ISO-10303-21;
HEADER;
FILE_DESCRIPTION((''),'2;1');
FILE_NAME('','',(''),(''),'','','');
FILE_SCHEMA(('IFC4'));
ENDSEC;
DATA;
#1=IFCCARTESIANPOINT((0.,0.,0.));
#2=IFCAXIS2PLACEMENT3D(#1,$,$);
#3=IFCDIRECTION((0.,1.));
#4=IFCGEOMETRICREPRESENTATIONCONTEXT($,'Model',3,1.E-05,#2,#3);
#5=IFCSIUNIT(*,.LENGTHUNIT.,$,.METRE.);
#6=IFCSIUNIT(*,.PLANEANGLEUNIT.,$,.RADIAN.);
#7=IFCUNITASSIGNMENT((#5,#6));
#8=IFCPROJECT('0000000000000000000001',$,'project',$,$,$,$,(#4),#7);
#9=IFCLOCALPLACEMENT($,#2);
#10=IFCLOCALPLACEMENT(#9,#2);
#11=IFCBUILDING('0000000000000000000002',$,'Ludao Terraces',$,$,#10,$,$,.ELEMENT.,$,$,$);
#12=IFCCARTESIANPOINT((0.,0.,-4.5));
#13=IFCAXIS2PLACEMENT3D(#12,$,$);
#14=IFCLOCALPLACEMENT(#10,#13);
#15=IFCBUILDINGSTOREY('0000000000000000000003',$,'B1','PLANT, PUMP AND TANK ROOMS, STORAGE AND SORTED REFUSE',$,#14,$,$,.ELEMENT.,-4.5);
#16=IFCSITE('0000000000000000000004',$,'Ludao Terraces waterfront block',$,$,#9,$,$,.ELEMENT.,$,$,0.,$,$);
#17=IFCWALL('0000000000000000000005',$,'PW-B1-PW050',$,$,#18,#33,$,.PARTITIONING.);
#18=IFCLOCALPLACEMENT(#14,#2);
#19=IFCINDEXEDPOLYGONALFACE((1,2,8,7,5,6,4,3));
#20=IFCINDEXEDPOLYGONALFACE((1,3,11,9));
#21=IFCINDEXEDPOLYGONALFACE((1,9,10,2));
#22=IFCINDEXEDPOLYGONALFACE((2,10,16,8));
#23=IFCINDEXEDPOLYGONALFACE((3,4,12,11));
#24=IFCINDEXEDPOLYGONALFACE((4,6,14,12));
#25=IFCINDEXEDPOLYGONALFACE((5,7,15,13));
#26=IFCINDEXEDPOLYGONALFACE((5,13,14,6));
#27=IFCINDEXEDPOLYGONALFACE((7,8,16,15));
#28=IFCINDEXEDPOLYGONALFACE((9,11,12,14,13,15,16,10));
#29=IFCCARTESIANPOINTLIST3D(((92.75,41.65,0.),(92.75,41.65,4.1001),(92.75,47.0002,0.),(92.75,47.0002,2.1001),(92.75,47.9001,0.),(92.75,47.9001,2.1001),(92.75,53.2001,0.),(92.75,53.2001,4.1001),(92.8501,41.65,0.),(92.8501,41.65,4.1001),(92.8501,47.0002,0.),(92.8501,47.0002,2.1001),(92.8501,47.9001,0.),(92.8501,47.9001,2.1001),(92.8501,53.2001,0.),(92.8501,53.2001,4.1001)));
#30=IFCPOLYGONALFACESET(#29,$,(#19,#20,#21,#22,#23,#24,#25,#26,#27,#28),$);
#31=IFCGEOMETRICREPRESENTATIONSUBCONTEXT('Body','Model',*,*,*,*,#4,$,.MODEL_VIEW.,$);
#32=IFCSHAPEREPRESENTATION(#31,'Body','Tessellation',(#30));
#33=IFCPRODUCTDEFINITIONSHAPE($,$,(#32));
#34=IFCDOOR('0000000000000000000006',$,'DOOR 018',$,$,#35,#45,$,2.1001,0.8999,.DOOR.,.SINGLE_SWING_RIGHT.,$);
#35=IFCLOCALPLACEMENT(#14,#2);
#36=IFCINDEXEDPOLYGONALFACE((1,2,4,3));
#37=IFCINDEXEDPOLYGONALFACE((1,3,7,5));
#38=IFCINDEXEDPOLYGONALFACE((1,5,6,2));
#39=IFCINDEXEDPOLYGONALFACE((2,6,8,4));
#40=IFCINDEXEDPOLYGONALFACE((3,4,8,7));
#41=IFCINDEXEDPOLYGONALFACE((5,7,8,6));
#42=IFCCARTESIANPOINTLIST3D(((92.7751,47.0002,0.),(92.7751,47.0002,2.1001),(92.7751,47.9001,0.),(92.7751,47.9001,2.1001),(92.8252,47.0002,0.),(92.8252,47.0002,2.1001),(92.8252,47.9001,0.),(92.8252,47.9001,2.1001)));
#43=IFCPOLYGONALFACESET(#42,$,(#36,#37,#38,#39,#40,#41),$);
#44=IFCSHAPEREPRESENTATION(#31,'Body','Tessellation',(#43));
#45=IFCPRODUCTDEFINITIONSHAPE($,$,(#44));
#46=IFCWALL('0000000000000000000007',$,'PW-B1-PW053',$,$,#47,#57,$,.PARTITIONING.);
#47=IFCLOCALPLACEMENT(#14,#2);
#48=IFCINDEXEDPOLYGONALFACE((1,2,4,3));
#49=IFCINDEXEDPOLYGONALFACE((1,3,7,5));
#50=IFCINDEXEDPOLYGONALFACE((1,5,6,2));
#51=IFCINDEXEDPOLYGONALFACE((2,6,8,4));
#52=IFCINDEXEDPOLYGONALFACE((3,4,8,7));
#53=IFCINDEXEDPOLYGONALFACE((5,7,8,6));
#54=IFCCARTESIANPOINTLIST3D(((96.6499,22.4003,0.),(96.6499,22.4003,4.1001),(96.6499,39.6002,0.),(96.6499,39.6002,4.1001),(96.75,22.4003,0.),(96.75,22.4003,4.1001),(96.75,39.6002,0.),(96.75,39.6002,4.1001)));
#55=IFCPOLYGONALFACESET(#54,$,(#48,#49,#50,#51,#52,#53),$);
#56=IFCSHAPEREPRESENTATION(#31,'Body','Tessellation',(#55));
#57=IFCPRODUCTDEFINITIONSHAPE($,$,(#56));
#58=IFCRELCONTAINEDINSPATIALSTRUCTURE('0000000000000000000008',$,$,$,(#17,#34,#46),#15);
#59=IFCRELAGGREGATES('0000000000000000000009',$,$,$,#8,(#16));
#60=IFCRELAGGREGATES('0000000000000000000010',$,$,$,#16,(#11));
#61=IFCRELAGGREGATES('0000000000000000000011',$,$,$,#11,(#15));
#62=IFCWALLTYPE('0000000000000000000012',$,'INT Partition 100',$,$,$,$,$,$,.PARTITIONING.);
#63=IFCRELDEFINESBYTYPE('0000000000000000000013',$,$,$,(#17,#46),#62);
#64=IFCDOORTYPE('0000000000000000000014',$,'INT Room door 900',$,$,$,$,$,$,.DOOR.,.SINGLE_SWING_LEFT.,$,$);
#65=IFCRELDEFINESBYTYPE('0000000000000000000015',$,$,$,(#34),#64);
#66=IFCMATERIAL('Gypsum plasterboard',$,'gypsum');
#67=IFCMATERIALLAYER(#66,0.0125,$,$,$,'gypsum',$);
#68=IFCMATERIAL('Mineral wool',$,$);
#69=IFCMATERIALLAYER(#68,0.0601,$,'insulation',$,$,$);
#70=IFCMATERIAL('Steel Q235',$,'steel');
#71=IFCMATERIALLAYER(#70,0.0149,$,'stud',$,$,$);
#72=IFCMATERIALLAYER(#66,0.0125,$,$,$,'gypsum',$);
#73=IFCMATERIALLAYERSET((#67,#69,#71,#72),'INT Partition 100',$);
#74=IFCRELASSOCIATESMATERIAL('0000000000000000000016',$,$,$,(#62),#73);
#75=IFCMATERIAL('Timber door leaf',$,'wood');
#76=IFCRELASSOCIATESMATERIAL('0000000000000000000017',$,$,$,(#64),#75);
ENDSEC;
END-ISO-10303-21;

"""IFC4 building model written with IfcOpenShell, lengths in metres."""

from ifc_helpers import new_model, si_unit, direction, frame, frame_2d, origin, place, context, subcontext, project, spatial, rectangle, extrude, material, layer, layer_set, type_object, element, fill, save


model = new_model("IFC4")

# Units and contexts
model_context = context("Model", 3, precision=1e-05, world=origin(), true_north=direction((0.0, 1.0)))
body_context = subcontext(model_context, "Body", "Model", "MODEL_VIEW")
ifc_project = project(units=[si_unit("LENGTHUNIT", "METRE"), si_unit("PLANEANGLEUNIT", "RADIAN")], contexts=[model_context])

# Site, building, storey
site_placement = place(None, origin())
site = spatial("IfcSite", under=ifc_project, at=site_placement, Name="Ludao Terraces waterfront block", CompositionType="ELEMENT", RefElevation=0.0)
building_placement = place(site_placement, origin())
building = spatial("IfcBuilding", under=site, at=building_placement, Name="Ludao Terraces", CompositionType="ELEMENT")
storey_placement = place(building_placement, frame((0.0, 0.0, -4.5)))
storey = spatial("IfcBuildingStorey", under=building, at=storey_placement, Name="B1", Description="PLANT, PUMP AND TANK ROOMS, STORAGE AND SORTED REFUSE", CompositionType="ELEMENT", Elevation=-4.5)

# Shared definitions
ifc_material_1 = material(Name="Gypsum plasterboard", Category="gypsum")
ifc_layer_1 = layer(ifc_material_1, 0.0125, Category="gypsum")
ifc_material_2 = material(Name="Mineral wool")
ifc_layer_2 = layer(ifc_material_2, 0.0601, Name="insulation")
ifc_material_3 = material(Name="Steel Q235", Category="steel")
ifc_layer_3 = layer(ifc_material_3, 0.0149, Name="stud")
ifc_layer_4 = layer(ifc_material_1, 0.0125, Category="gypsum")
ifc_layer_set_1 = layer_set([ifc_layer_1, ifc_layer_2, ifc_layer_3, ifc_layer_4], Name="INT Partition 100")
wall_type_1 = type_object("IfcWallType", Name="INT Partition 100", PredefinedType="PARTITIONING", material=ifc_layer_set_1)

# Shared definitions
ifc_material_4 = material(Name="Timber door leaf", Category="wood")
door_type = type_object("IfcDoorType", Name="INT Room door 900", OperationType="SINGLE_SWING_LEFT", PredefinedType="DOOR", material=ifc_material_4)

# Wall, opening, door
wall_1_placement = place(storey_placement, frame((92.8, 41.6501, 0.0), z_axis=(0.0, 0.0, 1.0), x_axis=(0.0, 1.0, 0.0)))
wall_1 = element("IfcWall", 1, at=wall_1_placement, inside=storey, type_object=wall_type_1, Name="PW-B1-PW050", PredefinedType="PARTITIONING", context=body_context, shape_type="SweptSolid", body=[
    extrude(rectangle(XDim=11.55, YDim=0.1001, at=frame_2d((5.7749, 0.0))), origin(), (0.0, 0.0, 1.0), 4.1001),
])
opening_1_placement = place(wall_1_placement, frame((5.3501, 0.0, 0.0)))
opening_1 = element("IfcOpeningElement", 2, at=opening_1_placement, cuts=wall_1, PredefinedType="OPENING", context=body_context, shape_type="SweptSolid", body=[
    extrude(rectangle(XDim=0.8999, YDim=2.1001, at=frame_2d((0.45, 1.05))), frame((0.0, 0.0601, 0.0), z_axis=(0.0, -1.0, 0.0), x_axis=(1.0, 0.0, 0.0)), (0.0, 0.0, 1.0), 0.1201),
])
door_1_placement = place(opening_1_placement, origin())
door_1 = element("IfcDoor", 3, at=door_1_placement, inside=storey, type_object=door_type, Name="DOOR 018", OperationType="SINGLE_SWING_RIGHT", OverallHeight=2.1001, OverallWidth=0.8999, PredefinedType="DOOR", context=body_context, shape_type="SweptSolid", body=[
    extrude(rectangle(XDim=0.8999, YDim=2.1001, at=frame_2d((0.45, 1.05))), frame((0.0, 0.0249, 0.0), z_axis=(0.0, -1.0, 0.0), x_axis=(1.0, 0.0, 0.0)), (0.0, 0.0, 1.0), 0.05),
])
fill(opening_1, door_1)

# Wall
wall_2_placement = place(storey_placement, frame((96.7, 22.4001, 0.0), z_axis=(0.0, 0.0, 1.0), x_axis=(0.0, 1.0, 0.0)))
element("IfcWall", 4, at=wall_2_placement, inside=storey, type_object=wall_type_1, Name="PW-B1-PW053", PredefinedType="PARTITIONING", context=body_context, shape_type="SweptSolid", body=[
    extrude(rectangle(XDim=17.2, YDim=0.1001, at=frame_2d((8.6001, 0.0))), origin(), (0.0, 0.0, 1.0), 4.1001),
])

save(model, "model.ifc")
